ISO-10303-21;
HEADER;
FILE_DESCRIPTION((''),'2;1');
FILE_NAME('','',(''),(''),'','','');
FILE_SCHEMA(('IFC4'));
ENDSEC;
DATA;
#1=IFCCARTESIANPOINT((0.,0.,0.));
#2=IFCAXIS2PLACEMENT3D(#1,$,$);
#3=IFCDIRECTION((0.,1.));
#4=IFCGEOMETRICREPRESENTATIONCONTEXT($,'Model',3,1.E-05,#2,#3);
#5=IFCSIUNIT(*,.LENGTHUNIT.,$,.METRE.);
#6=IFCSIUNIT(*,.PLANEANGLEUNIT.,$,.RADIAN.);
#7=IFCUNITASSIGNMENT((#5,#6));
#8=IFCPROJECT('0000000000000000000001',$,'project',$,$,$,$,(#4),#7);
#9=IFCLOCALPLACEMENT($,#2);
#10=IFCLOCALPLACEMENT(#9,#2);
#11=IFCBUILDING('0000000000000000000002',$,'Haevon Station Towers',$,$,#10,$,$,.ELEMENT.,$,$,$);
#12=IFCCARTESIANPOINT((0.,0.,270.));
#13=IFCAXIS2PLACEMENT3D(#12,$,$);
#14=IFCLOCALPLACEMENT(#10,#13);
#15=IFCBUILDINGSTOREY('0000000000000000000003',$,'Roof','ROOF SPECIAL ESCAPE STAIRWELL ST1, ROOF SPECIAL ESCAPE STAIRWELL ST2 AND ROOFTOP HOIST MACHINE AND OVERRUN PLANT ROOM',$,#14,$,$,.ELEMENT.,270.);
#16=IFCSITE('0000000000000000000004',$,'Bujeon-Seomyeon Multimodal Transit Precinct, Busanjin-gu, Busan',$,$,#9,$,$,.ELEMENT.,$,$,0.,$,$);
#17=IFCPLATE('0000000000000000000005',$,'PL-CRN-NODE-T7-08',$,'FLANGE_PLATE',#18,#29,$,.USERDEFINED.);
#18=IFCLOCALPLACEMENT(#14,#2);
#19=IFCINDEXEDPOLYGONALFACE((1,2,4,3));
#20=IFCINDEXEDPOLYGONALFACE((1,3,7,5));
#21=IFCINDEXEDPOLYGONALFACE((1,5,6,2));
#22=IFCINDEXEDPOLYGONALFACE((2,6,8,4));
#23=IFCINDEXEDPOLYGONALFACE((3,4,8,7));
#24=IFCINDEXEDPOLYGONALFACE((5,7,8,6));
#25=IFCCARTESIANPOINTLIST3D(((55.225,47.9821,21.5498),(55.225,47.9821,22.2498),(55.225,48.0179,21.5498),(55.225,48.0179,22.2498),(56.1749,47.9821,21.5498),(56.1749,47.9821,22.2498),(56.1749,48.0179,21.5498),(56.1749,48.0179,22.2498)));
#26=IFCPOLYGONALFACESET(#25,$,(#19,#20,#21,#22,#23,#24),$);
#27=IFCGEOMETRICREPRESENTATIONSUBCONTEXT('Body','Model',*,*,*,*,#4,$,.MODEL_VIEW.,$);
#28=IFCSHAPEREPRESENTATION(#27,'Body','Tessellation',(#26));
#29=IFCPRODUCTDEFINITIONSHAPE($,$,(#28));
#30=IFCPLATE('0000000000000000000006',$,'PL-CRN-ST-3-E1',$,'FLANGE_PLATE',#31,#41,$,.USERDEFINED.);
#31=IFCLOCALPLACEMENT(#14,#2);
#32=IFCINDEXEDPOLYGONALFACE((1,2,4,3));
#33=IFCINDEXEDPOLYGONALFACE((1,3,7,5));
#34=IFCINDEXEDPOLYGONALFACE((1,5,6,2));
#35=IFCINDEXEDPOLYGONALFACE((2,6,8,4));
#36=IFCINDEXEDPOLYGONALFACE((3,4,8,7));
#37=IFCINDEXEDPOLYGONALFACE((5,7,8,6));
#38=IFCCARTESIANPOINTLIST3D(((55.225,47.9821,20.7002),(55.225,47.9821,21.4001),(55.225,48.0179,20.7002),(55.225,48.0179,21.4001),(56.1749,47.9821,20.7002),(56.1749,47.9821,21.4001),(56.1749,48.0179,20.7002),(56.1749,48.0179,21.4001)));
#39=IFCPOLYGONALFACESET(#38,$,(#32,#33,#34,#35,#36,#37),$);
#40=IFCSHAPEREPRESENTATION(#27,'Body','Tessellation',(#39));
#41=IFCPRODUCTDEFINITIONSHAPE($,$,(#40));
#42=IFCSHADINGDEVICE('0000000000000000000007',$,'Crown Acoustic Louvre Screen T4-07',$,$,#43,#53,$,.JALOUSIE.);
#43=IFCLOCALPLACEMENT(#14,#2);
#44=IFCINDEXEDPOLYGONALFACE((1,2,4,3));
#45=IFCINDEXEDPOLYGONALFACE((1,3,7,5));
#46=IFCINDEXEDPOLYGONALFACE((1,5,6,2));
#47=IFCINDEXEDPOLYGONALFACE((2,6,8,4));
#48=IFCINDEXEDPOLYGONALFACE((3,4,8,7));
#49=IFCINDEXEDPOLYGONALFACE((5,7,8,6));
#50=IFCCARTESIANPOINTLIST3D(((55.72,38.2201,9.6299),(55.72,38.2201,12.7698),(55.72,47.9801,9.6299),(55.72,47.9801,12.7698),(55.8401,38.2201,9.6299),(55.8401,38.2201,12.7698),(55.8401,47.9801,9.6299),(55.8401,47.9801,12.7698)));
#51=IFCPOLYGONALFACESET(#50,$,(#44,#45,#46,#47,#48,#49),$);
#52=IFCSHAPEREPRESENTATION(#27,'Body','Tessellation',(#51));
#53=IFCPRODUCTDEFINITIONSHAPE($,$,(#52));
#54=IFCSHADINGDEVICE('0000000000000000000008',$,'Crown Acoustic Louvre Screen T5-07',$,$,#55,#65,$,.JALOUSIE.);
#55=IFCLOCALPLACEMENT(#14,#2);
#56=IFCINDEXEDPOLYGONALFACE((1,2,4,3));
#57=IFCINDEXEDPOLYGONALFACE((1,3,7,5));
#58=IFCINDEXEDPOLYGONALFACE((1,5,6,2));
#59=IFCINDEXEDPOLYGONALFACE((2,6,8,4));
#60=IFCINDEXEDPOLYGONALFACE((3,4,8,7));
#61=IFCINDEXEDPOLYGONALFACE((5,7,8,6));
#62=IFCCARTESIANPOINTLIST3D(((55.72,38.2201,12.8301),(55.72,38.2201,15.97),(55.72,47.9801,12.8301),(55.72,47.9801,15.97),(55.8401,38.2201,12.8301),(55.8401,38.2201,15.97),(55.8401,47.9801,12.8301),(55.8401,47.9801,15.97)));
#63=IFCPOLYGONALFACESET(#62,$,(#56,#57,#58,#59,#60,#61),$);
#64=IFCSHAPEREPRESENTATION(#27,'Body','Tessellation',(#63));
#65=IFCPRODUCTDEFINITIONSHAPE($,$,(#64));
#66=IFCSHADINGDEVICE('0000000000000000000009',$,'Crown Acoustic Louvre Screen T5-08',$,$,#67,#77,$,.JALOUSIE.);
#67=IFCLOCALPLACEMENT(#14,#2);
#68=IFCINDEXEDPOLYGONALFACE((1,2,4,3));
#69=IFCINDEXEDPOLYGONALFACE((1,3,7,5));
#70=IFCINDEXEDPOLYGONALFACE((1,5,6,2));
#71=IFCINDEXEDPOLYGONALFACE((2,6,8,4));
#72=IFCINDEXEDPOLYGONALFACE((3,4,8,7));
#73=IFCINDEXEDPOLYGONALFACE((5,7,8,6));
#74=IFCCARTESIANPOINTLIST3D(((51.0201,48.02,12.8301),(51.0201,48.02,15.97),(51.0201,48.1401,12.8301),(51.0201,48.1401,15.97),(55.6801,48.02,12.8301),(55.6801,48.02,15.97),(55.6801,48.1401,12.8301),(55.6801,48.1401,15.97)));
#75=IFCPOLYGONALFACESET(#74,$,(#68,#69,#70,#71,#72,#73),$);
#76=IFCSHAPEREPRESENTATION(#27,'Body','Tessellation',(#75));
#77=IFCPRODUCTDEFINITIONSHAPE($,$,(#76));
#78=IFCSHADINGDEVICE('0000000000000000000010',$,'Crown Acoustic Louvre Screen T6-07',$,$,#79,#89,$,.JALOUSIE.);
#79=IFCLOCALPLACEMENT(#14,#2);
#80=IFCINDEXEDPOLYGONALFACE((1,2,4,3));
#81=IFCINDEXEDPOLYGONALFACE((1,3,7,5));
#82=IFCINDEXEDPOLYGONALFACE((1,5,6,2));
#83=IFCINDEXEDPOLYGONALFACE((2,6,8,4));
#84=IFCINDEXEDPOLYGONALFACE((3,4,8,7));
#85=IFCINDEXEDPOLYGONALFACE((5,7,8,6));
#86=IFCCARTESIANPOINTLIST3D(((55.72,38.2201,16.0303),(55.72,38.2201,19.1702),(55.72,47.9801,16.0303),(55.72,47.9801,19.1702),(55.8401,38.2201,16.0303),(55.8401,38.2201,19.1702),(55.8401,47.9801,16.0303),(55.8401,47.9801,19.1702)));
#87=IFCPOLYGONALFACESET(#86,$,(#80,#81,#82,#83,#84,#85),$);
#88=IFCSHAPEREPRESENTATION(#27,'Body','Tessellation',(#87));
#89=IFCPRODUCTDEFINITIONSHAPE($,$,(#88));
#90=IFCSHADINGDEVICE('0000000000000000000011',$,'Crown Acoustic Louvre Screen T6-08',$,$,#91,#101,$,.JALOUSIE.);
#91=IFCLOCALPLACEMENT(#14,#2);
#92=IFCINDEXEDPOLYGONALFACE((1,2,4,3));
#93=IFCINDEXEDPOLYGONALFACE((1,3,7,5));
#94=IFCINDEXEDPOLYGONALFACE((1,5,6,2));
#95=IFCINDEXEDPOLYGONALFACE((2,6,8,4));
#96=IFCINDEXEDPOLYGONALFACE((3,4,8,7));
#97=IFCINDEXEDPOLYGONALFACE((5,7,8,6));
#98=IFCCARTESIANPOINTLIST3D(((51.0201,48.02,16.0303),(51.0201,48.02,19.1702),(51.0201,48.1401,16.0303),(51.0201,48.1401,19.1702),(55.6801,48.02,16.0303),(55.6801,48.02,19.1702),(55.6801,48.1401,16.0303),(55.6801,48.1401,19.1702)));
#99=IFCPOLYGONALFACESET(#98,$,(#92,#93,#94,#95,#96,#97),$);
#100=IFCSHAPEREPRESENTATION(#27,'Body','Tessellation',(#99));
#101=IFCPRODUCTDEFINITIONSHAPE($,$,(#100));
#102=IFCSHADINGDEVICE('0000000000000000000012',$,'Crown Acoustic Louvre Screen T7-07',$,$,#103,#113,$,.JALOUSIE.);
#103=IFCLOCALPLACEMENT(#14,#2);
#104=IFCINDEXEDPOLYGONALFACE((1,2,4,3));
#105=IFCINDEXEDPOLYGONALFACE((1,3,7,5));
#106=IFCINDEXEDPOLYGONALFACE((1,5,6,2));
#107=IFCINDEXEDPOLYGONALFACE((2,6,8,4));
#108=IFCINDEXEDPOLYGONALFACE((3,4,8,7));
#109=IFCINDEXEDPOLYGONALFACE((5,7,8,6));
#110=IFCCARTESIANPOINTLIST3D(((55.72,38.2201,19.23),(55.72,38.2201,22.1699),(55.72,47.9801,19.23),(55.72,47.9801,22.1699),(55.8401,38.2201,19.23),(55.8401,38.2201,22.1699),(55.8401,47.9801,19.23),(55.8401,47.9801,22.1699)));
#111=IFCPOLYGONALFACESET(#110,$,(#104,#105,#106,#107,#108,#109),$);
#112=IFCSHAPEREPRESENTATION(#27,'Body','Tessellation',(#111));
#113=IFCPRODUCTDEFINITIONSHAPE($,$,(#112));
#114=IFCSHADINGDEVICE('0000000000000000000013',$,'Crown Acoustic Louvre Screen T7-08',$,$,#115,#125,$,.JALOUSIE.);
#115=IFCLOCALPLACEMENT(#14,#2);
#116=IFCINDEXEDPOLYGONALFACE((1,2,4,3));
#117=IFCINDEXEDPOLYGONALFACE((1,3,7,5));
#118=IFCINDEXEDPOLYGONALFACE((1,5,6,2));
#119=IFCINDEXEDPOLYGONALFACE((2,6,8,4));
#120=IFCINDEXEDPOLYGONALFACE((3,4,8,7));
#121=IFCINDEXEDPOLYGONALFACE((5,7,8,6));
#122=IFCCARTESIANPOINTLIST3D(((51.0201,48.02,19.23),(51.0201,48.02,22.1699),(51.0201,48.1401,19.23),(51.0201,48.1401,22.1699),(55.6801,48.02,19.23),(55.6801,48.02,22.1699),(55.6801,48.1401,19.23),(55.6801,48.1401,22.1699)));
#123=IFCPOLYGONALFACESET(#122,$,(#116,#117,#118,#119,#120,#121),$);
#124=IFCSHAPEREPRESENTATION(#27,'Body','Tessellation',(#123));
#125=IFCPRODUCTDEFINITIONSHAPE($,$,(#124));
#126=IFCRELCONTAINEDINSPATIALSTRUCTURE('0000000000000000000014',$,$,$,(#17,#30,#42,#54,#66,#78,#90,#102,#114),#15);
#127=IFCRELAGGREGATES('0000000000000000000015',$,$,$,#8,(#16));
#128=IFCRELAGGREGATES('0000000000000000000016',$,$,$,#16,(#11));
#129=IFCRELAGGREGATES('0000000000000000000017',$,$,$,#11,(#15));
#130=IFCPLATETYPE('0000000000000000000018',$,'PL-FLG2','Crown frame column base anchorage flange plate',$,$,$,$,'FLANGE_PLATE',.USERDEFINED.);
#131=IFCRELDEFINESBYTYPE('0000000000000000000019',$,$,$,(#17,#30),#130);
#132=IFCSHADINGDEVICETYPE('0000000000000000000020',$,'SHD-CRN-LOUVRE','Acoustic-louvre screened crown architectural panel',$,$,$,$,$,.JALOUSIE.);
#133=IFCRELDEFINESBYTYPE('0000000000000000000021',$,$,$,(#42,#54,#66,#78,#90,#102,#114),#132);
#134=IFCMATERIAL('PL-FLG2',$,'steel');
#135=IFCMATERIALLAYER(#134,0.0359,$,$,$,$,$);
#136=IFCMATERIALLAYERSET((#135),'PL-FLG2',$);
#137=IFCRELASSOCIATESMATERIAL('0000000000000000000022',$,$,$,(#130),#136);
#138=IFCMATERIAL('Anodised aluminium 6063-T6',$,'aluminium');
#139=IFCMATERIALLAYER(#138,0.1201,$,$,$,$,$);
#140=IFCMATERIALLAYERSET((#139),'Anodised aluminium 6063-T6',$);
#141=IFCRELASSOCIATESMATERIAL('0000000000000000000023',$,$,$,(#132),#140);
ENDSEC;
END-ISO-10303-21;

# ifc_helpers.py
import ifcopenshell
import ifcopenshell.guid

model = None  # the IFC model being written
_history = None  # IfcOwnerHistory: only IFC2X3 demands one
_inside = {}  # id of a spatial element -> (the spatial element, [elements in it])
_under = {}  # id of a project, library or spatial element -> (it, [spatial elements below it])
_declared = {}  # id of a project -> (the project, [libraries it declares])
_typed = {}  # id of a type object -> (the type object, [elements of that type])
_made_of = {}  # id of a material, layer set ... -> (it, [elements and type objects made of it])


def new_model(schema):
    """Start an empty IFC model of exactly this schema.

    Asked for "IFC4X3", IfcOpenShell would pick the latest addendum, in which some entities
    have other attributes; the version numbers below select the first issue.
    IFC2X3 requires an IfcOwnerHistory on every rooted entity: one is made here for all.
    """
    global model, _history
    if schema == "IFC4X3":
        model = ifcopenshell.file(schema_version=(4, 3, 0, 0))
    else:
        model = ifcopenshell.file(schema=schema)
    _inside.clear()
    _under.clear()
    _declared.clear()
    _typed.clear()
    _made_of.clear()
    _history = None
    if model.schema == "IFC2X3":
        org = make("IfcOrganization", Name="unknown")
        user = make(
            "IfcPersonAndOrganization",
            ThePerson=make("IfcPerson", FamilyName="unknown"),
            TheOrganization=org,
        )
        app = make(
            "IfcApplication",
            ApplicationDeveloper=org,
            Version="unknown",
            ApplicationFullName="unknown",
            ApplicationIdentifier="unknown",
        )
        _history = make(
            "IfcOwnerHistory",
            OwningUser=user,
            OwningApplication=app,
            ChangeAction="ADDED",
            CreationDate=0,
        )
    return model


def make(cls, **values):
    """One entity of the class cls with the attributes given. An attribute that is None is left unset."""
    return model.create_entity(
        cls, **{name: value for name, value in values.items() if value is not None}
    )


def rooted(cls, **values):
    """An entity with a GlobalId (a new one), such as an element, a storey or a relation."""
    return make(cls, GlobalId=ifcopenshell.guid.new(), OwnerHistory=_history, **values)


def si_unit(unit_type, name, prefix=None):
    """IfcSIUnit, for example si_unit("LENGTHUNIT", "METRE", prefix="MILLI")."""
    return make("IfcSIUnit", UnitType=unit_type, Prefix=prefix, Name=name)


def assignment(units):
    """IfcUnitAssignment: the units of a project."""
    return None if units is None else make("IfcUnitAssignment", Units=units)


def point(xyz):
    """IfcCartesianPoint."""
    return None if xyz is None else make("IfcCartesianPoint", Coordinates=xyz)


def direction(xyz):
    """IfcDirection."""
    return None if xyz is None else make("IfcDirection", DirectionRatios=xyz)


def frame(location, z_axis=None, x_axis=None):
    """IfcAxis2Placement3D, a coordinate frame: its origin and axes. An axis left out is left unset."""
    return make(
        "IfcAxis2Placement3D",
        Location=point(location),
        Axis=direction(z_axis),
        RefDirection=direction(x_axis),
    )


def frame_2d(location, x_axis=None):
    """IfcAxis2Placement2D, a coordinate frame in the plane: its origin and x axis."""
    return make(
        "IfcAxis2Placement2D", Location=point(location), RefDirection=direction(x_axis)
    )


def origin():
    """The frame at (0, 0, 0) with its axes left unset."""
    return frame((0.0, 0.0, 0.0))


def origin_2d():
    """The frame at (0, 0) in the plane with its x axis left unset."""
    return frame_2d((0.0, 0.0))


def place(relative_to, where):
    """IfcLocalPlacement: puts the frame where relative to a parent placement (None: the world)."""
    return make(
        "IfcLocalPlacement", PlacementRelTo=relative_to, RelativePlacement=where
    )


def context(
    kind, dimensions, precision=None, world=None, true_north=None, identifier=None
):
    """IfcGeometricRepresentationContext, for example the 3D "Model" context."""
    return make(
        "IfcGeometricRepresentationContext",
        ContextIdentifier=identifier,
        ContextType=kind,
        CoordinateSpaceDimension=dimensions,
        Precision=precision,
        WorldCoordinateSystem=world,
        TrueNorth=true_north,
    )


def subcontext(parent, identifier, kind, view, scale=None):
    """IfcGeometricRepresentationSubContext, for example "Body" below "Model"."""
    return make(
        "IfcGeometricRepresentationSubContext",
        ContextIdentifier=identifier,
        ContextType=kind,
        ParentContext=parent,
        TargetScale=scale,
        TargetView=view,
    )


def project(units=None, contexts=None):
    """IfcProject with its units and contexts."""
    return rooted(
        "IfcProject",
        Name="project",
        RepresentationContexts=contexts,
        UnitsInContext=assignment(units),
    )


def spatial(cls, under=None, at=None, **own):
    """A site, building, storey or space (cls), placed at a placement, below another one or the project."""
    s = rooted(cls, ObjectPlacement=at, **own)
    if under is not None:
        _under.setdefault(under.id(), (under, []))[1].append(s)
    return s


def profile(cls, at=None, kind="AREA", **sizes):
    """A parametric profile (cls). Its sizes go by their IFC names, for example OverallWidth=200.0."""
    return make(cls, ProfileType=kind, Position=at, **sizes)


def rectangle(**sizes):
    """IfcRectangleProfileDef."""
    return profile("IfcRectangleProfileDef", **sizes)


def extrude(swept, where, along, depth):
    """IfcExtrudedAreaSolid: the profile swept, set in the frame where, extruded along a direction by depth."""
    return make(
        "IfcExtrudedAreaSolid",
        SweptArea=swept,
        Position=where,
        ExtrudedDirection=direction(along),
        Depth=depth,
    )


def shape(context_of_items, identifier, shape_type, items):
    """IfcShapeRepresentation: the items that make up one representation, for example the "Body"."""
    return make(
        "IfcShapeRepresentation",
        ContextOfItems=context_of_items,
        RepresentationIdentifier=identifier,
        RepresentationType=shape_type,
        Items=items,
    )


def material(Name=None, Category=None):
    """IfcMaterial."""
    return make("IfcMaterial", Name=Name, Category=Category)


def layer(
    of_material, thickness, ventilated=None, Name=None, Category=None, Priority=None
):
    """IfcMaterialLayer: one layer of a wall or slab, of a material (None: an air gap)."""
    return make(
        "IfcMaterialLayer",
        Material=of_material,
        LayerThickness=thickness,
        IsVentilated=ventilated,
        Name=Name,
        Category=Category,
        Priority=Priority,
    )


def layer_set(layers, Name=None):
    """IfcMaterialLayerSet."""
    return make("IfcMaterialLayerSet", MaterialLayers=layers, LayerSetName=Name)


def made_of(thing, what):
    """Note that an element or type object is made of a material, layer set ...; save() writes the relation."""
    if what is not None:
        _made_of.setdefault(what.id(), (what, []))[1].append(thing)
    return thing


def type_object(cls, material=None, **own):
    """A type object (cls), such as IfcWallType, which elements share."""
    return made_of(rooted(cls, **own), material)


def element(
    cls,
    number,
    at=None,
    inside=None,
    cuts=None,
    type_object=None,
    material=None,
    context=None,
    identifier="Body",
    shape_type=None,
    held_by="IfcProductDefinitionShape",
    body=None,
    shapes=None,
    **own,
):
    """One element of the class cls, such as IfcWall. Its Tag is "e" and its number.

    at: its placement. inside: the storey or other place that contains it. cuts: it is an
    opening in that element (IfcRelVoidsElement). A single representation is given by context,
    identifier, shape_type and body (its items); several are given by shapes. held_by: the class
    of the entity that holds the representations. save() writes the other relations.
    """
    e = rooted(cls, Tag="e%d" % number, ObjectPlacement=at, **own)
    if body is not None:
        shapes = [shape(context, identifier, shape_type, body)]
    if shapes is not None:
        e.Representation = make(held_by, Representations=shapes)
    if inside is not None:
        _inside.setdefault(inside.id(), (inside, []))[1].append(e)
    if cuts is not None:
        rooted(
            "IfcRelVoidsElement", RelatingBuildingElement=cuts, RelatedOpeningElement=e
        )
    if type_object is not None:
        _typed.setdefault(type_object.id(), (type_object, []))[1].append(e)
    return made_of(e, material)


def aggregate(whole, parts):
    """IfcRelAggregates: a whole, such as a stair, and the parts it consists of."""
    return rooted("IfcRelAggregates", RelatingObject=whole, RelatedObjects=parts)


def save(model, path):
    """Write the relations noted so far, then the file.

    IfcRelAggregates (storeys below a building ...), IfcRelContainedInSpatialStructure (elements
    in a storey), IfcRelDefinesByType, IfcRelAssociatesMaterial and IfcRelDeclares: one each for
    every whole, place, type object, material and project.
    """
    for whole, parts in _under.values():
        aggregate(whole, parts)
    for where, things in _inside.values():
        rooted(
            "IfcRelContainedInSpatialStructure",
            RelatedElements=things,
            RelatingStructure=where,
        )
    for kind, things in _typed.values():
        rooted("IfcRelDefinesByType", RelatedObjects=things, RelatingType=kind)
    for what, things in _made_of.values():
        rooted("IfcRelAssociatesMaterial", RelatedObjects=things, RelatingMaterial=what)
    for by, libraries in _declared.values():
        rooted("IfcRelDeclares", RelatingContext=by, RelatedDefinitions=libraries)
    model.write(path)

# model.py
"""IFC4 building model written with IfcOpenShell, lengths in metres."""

from ifc_helpers import new_model, si_unit, direction, frame, origin, origin_2d, place, context, subcontext, project, spatial, rectangle, extrude, material, layer, layer_set, type_object, element, save


model = new_model("IFC4")

# Units and contexts
model_context = context("Model", 3, precision=1e-05, world=origin(), true_north=direction((0.0, 1.0)))
body_context = subcontext(model_context, "Body", "Model", "MODEL_VIEW")
ifc_project = project(units=[si_unit("LENGTHUNIT", "METRE"), si_unit("PLANEANGLEUNIT", "RADIAN")], contexts=[model_context])

# Site, building, storey
site_placement = place(None, origin())
site = spatial("IfcSite", under=ifc_project, at=site_placement, Name="Bujeon-Seomyeon Multimodal Transit Precinct, Busanjin-gu, Busan", CompositionType="ELEMENT", RefElevation=0.0)
building_placement = place(site_placement, origin())
building = spatial("IfcBuilding", under=site, at=building_placement, Name="Haevon Station Towers", CompositionType="ELEMENT")
storey_placement = place(building_placement, frame((0.0, 0.0, 270.0)))
storey = spatial("IfcBuildingStorey", under=building, at=storey_placement, Name="Roof", Description="ROOF SPECIAL ESCAPE STAIRWELL ST1, ROOF SPECIAL ESCAPE STAIRWELL ST2 AND ROOFTOP HOIST MACHINE AND OVERRUN PLANT ROOM", CompositionType="ELEMENT", Elevation=270.0)

# Plates
ifc_material_1 = material(Name="Anodised aluminium 6063-T6", Category="aluminium")
ifc_material_2 = material(Name="PL-FLG2", Category="steel")
ifc_layer_1 = layer(ifc_material_2, 0.0359)
ifc_layer_set_1 = layer_set([ifc_layer_1], Name="PL-FLG2")
plate_type_1 = type_object("IfcPlateType", Name="PL-FLG2", Description="Crown frame column base anchorage flange plate", ElementType="FLANGE_PLATE", PredefinedType="USERDEFINED", material=ifc_layer_set_1)
for number, where, z_axis, x_axis, name in (
    (1, (55.7, 48.0, 21.5498), (0.0, 0.0, 1.0), (-1.0, 0.0, 0.0), "PL-CRN-NODE-T7-08"),
    (2, (55.7, 48.0, 20.7002), (0.0, 0.0, 1.0), (-1.0, 0.0, 0.0), "PL-CRN-ST-3-E1"),
):
    element("IfcPlate", number, at=place(storey_placement, frame(where, z_axis=z_axis, x_axis=x_axis)), inside=storey, type_object=plate_type_1, Name=name, ObjectType="FLANGE_PLATE", PredefinedType="USERDEFINED", context=body_context, shape_type="SweptSolid", body=[
        extrude(rectangle(XDim=0.95, YDim=0.0359, at=origin_2d()), origin(), (0.0, 0.0, 1.0), 0.7),
    ])

# Shading devices
ifc_layer_2 = layer(ifc_material_1, 0.1201)
ifc_layer_set_2 = layer_set([ifc_layer_2], Name="Anodised aluminium 6063-T6")
shading_device_type = type_object("IfcShadingDeviceType", Name="SHD-CRN-LOUVRE", Description="Acoustic-louvre screened crown architectural panel", PredefinedType="JALOUSIE", material=ifc_layer_set_2)
for number, where, z_axis, x_axis, name in (
    (3, (55.78, 43.1001, 9.6299), (0.0, 0.0, 1.0), (0.0, 1.0, 0.0), "Crown Acoustic Louvre Screen T4-07"),
    (4, (55.78, 43.1001, 12.8301), (0.0, 0.0, 1.0), (0.0, 1.0, 0.0), "Crown Acoustic Louvre Screen T5-07"),
):
    element("IfcShadingDevice", number, at=place(storey_placement, frame(where, z_axis=z_axis, x_axis=x_axis)), inside=storey, type_object=shading_device_type, Name=name, PredefinedType="JALOUSIE", context=body_context, shape_type="SweptSolid", body=[
        extrude(rectangle(XDim=9.76, YDim=0.1201, at=origin_2d()), origin(), (0.0, 0.0, 1.0), 3.1399),
    ])
shading_device_1_placement = place(storey_placement, frame((53.3501, 48.0801, 12.8301), z_axis=(0.0, 0.0, 1.0), x_axis=(-1.0, 0.0, 0.0)))
element("IfcShadingDevice", 5, at=shading_device_1_placement, inside=storey, type_object=shading_device_type, Name="Crown Acoustic Louvre Screen T5-08", PredefinedType="JALOUSIE", context=body_context, shape_type="SweptSolid", body=[
    extrude(rectangle(XDim=4.6599, YDim=0.1201, at=origin_2d()), origin(), (0.0, 0.0, 1.0), 3.1399),
])
shading_device_2_placement = place(storey_placement, frame((55.78, 43.1001, 16.0303), z_axis=(0.0, 0.0, 1.0), x_axis=(0.0, 1.0, 0.0)))
element("IfcShadingDevice", 6, at=shading_device_2_placement, inside=storey, type_object=shading_device_type, Name="Crown Acoustic Louvre Screen T6-07", PredefinedType="JALOUSIE", context=body_context, shape_type="SweptSolid", body=[
    extrude(rectangle(XDim=9.76, YDim=0.1201, at=origin_2d()), origin(), (0.0, 0.0, 1.0), 3.1399),
])
shading_device_3_placement = place(storey_placement, frame((53.3501, 48.0801, 16.0303), z_axis=(0.0, 0.0, 1.0), x_axis=(-1.0, 0.0, 0.0)))
element("IfcShadingDevice", 7, at=shading_device_3_placement, inside=storey, type_object=shading_device_type, Name="Crown Acoustic Louvre Screen T6-08", PredefinedType="JALOUSIE", context=body_context, shape_type="SweptSolid", body=[
    extrude(rectangle(XDim=4.6599, YDim=0.1201, at=origin_2d()), origin(), (0.0, 0.0, 1.0), 3.1399),
])
shading_device_4_placement = place(storey_placement, frame((55.78, 43.1001, 19.23), z_axis=(0.0, 0.0, 1.0), x_axis=(0.0, 1.0, 0.0)))
element("IfcShadingDevice", 8, at=shading_device_4_placement, inside=storey, type_object=shading_device_type, Name="Crown Acoustic Louvre Screen T7-07", PredefinedType="JALOUSIE", context=body_context, shape_type="SweptSolid", body=[
    extrude(rectangle(XDim=9.76, YDim=0.1201, at=origin_2d()), origin(), (0.0, 0.0, 1.0), 2.9399),
])
shading_device_5_placement = place(storey_placement, frame((53.3501, 48.0801, 19.23), z_axis=(0.0, 0.0, 1.0), x_axis=(-1.0, 0.0, 0.0)))
element("IfcShadingDevice", 9, at=shading_device_5_placement, inside=storey, type_object=shading_device_type, Name="Crown Acoustic Louvre Screen T7-08", PredefinedType="JALOUSIE", context=body_context, shape_type="SweptSolid", body=[
    extrude(rectangle(XDim=4.6599, YDim=0.1201, at=origin_2d()), origin(), (0.0, 0.0, 1.0), 2.9399),
])

save(model, "model.ifc")
